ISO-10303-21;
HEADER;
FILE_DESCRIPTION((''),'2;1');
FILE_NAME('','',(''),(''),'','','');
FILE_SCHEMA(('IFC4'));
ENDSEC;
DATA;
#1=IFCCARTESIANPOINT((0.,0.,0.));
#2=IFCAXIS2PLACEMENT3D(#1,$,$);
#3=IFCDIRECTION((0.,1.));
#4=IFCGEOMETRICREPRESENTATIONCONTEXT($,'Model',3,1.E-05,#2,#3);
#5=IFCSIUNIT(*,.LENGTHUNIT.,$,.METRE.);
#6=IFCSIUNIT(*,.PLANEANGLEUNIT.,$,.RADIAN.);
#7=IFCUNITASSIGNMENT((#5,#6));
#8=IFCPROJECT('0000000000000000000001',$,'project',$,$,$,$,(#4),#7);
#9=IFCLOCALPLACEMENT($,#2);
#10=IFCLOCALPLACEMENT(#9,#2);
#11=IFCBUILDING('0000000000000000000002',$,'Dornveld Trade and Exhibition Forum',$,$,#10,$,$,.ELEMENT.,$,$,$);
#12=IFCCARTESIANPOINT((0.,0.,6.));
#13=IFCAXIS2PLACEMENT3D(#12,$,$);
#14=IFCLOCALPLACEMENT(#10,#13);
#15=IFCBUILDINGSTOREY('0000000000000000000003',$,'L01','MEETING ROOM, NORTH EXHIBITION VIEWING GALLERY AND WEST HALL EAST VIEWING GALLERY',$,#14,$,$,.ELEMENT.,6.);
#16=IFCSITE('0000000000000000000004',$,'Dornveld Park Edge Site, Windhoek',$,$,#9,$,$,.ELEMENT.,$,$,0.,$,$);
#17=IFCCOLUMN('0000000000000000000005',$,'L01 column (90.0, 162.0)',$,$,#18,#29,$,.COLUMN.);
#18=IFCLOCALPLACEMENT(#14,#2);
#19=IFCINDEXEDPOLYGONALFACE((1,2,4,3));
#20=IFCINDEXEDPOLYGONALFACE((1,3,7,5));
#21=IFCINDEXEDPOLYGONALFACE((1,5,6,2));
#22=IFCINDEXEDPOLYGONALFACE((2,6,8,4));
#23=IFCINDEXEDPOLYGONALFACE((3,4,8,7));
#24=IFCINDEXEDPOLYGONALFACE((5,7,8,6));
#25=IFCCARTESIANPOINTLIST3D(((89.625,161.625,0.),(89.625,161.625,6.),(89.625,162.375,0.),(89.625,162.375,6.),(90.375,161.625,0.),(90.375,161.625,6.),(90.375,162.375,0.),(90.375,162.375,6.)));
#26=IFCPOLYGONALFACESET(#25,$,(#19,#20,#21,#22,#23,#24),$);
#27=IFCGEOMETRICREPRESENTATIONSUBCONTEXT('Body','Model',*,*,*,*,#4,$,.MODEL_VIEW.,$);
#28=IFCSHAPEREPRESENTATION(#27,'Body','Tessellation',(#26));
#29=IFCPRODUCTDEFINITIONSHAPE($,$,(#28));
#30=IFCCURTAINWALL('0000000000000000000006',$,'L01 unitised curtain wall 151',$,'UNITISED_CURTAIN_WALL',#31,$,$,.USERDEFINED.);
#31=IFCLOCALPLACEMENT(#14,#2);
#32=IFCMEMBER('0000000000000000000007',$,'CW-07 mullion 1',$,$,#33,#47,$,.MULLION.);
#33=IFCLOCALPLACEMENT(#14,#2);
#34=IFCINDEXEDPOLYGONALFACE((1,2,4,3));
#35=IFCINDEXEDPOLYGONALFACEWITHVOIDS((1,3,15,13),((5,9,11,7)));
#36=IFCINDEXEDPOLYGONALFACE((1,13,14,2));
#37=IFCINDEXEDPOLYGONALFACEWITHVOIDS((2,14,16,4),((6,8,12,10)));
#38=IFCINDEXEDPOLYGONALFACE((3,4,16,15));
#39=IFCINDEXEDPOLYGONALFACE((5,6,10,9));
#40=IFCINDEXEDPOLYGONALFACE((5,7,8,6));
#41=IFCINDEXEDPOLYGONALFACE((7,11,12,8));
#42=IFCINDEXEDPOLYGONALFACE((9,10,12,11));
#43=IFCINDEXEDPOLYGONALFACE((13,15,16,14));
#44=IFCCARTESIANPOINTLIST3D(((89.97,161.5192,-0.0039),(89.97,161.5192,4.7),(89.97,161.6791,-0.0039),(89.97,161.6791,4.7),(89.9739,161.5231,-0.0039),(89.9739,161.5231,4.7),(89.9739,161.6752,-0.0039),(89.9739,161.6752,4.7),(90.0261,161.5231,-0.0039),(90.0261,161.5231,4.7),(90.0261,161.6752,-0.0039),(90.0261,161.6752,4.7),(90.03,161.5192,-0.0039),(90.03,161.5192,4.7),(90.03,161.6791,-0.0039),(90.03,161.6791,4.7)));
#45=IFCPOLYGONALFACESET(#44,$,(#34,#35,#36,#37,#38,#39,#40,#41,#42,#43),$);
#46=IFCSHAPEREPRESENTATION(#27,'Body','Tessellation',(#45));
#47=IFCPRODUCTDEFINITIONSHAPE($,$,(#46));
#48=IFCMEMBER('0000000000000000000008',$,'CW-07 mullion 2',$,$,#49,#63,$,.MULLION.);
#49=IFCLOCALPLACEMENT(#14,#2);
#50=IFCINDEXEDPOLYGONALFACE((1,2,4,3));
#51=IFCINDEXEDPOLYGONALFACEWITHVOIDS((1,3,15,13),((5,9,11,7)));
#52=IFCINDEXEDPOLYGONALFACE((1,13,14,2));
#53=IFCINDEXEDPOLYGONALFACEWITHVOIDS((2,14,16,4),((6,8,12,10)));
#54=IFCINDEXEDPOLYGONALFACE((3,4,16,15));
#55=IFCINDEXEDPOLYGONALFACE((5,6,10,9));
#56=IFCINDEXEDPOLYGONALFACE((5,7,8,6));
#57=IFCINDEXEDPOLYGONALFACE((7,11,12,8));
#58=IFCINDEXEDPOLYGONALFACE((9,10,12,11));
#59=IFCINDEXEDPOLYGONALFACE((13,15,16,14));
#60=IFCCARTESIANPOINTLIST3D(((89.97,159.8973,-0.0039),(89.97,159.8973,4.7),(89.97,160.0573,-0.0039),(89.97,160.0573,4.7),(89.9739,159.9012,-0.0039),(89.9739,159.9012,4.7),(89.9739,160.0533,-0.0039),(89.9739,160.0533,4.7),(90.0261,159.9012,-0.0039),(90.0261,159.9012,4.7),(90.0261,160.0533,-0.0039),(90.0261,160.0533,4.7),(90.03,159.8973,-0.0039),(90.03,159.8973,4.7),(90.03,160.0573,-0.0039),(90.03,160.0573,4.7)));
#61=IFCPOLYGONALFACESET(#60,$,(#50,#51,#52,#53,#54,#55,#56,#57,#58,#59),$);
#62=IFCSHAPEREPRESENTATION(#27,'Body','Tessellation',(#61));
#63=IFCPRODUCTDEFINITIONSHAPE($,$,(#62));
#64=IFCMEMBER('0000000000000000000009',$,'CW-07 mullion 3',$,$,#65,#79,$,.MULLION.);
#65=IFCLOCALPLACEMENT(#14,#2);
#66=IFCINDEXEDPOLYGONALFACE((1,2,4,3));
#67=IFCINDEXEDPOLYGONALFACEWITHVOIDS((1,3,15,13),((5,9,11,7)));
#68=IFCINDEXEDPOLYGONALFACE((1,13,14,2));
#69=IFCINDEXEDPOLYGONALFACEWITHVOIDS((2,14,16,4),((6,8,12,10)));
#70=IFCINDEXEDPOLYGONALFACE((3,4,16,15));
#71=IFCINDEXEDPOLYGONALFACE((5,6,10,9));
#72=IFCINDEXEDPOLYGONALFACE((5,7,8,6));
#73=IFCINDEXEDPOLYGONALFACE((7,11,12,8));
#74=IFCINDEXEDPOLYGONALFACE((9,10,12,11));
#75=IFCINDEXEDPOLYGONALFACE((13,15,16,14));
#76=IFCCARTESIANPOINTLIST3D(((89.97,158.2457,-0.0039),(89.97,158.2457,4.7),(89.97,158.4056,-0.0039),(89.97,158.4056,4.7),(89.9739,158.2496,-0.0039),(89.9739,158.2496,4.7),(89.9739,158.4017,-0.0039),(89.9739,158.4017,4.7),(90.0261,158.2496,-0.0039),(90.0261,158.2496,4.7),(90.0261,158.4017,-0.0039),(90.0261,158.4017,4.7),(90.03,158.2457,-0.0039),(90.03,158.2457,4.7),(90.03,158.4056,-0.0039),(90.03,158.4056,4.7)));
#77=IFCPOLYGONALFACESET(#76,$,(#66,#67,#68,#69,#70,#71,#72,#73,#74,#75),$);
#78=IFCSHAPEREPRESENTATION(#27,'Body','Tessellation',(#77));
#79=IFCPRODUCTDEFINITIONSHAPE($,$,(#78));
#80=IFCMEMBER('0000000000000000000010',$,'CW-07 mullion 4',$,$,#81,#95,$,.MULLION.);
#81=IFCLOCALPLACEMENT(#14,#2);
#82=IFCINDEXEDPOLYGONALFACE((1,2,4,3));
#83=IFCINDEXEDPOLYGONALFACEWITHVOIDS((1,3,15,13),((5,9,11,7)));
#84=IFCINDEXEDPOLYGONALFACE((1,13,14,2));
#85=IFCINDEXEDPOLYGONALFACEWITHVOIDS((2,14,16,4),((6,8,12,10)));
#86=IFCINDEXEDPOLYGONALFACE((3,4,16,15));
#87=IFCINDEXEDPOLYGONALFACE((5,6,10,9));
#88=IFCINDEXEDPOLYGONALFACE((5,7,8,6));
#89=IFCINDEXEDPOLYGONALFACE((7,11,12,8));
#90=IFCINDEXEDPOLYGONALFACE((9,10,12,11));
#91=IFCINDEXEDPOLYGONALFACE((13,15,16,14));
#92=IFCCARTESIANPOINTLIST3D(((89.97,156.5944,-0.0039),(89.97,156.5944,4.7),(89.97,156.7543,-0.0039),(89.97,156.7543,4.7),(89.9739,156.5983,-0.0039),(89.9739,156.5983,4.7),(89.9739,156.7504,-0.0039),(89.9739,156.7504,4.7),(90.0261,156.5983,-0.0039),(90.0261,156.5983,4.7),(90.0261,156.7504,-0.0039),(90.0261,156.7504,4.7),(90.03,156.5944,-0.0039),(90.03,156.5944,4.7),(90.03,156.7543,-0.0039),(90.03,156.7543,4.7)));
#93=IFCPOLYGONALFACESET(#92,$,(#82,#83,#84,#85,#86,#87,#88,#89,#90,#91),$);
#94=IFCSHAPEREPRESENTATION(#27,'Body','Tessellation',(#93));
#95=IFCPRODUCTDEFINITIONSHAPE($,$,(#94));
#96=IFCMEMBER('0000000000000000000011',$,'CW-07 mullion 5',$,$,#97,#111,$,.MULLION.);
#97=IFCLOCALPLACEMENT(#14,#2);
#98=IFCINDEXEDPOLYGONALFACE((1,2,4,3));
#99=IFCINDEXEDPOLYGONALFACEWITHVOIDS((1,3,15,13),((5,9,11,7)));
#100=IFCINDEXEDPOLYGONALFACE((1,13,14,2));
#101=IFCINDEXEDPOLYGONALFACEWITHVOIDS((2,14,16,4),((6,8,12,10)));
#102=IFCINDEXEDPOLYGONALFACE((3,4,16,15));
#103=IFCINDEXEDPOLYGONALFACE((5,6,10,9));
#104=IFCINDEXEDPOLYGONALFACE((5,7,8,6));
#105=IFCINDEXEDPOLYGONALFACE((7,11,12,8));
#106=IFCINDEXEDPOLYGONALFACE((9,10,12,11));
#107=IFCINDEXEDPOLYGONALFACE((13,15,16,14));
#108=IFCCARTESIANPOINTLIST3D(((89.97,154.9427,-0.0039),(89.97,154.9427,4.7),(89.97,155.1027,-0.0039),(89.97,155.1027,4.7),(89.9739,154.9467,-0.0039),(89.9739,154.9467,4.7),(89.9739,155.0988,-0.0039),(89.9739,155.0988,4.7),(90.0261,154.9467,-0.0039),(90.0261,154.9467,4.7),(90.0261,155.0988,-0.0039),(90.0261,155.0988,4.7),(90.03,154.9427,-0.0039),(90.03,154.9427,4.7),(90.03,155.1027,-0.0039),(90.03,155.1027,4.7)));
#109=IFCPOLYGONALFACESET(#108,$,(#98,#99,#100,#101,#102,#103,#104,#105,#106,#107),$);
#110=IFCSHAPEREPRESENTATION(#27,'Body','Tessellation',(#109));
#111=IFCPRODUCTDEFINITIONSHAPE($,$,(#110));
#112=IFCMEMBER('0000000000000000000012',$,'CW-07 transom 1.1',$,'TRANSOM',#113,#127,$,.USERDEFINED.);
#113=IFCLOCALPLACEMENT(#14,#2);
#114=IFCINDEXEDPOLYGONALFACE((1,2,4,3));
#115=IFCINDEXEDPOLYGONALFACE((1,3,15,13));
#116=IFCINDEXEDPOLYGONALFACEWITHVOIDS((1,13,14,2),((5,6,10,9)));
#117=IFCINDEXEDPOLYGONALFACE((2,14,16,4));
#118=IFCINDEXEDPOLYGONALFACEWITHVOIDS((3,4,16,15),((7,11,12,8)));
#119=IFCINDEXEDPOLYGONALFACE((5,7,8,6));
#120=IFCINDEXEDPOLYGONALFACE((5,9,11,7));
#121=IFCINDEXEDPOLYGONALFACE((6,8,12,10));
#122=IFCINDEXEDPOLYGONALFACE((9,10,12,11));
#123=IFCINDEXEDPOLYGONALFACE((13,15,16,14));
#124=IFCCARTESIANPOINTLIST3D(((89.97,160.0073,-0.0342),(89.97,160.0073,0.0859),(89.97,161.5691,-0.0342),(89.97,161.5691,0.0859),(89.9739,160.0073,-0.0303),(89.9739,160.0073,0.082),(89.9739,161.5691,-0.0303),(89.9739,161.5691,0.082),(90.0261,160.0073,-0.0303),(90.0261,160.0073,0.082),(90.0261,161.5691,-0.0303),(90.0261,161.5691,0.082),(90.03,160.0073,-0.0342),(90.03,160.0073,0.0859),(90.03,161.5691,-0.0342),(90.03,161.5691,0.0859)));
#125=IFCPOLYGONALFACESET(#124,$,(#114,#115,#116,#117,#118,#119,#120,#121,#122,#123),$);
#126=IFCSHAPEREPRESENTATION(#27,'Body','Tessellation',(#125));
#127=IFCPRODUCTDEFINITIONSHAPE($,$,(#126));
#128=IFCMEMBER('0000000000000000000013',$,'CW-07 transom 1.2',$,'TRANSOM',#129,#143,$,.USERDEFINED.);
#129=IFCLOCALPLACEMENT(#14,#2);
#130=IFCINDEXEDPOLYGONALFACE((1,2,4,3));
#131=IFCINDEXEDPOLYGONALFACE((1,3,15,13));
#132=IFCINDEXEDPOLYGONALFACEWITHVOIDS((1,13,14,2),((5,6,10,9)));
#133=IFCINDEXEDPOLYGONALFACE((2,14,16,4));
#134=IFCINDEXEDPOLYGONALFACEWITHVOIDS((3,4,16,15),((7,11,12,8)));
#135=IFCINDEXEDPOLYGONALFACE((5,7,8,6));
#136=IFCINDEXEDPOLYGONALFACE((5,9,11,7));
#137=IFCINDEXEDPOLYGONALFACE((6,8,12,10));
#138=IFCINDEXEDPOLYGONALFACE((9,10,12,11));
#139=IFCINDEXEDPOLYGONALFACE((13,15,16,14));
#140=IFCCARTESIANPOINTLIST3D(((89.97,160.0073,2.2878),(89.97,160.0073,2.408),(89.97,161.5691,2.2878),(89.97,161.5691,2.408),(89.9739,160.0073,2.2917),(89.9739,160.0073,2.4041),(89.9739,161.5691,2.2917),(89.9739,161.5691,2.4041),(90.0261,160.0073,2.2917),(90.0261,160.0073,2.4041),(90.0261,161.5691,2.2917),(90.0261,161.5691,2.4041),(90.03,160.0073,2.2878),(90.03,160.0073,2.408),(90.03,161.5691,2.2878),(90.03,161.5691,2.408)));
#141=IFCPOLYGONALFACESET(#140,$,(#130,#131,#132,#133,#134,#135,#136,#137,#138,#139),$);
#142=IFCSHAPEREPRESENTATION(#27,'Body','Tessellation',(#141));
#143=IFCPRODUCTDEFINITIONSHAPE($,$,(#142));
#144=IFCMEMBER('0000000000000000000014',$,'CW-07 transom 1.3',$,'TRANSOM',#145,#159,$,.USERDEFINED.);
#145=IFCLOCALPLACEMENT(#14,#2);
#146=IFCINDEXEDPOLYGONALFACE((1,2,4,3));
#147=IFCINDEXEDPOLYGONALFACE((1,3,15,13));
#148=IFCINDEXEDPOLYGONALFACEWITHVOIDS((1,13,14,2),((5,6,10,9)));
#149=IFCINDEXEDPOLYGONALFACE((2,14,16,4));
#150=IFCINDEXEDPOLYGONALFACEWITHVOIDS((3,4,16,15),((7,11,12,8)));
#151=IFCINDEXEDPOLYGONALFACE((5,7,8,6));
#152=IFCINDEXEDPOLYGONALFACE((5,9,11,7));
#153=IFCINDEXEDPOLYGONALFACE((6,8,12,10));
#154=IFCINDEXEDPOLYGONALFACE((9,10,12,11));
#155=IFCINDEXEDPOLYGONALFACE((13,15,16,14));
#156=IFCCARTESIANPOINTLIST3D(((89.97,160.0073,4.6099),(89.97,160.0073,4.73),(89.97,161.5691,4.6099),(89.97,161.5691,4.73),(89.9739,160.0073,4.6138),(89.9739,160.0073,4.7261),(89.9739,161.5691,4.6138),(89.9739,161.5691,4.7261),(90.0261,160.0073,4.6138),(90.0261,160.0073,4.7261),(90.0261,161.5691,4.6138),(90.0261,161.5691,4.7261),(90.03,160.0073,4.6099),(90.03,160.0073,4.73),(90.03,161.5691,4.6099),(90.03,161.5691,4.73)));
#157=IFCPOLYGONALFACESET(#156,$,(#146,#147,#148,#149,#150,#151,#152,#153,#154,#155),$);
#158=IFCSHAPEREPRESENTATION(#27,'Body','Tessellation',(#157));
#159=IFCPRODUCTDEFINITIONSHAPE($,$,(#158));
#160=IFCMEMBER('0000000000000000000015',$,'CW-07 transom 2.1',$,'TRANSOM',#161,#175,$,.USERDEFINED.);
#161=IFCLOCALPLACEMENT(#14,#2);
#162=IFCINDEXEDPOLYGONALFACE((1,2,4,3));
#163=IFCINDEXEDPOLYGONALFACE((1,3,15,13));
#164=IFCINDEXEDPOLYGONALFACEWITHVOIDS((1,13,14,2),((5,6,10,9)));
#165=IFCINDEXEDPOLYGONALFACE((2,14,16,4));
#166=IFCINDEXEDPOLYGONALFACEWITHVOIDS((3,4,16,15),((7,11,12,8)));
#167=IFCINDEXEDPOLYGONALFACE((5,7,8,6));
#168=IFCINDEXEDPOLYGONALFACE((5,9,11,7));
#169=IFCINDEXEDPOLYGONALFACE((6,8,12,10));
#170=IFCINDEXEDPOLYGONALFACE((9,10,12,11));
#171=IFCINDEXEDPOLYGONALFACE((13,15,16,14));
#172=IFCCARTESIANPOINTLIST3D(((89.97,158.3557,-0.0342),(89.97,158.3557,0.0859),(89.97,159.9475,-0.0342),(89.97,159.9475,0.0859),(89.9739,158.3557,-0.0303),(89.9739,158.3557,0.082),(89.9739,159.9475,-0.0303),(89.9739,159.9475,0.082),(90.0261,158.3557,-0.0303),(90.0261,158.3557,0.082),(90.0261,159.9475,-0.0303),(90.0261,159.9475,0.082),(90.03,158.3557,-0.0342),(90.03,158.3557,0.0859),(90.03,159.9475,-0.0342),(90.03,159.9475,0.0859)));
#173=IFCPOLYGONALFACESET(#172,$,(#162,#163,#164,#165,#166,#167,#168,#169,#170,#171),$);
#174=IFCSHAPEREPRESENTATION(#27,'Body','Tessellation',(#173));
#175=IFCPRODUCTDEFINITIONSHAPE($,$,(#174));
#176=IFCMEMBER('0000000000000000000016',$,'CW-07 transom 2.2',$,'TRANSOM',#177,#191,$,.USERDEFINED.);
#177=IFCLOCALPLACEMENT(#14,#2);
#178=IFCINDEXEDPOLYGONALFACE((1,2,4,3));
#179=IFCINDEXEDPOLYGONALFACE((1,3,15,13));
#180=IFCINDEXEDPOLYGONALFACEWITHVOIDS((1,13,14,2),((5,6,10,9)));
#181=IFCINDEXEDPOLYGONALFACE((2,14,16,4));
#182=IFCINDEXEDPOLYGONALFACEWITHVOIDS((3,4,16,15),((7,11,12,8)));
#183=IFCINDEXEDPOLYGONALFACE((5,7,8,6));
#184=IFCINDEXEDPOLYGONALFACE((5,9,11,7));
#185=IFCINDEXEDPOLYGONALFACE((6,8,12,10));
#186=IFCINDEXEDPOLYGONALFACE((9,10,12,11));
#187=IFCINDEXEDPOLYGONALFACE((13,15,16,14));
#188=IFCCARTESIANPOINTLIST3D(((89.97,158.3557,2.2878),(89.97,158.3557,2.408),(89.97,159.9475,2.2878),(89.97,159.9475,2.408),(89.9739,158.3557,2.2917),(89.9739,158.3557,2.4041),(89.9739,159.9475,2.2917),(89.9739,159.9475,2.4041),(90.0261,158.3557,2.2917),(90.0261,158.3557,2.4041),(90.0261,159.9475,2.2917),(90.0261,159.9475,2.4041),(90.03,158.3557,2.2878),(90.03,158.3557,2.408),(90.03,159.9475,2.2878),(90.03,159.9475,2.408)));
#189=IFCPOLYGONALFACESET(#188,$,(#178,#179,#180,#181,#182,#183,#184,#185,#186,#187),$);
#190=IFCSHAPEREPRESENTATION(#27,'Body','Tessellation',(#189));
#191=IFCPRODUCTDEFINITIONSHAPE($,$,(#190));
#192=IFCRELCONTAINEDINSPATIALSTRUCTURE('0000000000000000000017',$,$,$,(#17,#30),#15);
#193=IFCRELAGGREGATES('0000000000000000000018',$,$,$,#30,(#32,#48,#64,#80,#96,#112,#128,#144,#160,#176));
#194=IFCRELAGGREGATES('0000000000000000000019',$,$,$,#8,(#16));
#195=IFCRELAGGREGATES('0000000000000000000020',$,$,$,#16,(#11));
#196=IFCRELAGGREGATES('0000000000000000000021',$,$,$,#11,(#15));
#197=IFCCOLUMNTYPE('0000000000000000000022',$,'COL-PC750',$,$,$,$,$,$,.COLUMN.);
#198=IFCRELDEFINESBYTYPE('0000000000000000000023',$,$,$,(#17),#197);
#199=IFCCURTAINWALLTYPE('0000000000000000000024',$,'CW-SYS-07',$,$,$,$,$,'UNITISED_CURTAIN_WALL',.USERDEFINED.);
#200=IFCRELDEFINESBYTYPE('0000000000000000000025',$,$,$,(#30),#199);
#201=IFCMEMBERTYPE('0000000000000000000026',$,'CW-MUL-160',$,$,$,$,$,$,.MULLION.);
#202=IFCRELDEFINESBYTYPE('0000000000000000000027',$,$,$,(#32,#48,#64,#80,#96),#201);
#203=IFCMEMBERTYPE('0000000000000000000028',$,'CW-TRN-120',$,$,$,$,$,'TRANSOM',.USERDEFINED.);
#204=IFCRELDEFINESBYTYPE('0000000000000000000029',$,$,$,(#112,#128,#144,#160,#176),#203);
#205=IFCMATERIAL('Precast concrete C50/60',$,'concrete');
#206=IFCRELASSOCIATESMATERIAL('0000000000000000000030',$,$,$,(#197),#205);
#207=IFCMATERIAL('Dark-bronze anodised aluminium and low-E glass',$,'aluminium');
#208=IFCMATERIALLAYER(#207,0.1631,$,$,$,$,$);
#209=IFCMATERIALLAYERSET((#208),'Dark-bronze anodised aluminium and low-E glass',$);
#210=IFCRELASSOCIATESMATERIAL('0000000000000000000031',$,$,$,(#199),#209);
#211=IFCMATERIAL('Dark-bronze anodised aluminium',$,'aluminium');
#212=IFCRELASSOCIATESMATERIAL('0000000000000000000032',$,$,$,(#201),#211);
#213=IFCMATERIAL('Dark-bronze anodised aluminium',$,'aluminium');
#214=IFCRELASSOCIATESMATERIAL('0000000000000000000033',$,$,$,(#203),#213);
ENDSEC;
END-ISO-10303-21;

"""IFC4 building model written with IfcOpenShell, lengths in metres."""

from ifc_helpers import new_model, si_unit, direction, frame, origin, origin_2d, place, context, subcontext, project, spatial, rectangle, hollow_rectangle, extrude, material, layer, layer_set, material_profile, profile_set, type_object, element, aggregate, save


model = new_model("IFC4")

# Units and contexts
model_context = context("Model", 3, precision=1e-05, world=origin(), true_north=direction((0.0, 1.0)))
body_context = subcontext(model_context, "Body", "Model", "MODEL_VIEW")
ifc_project = project(units=[si_unit("LENGTHUNIT", "METRE"), si_unit("PLANEANGLEUNIT", "RADIAN")], contexts=[model_context])

# Site, building, storey
site_placement = place(None, origin())
site = spatial("IfcSite", under=ifc_project, at=site_placement, Name="Dornveld Park Edge Site, Windhoek", CompositionType="ELEMENT", RefElevation=0.0)
building_placement = place(site_placement, origin())
building = spatial("IfcBuilding", under=site, at=building_placement, Name="Dornveld Trade and Exhibition Forum", CompositionType="ELEMENT")
storey_placement = place(building_placement, frame((0.0, 0.0, 6.0)))
storey = spatial("IfcBuildingStorey", under=building, at=storey_placement, Name="L01", Description="MEETING ROOM, NORTH EXHIBITION VIEWING GALLERY AND WEST HALL EAST VIEWING GALLERY", CompositionType="ELEMENT", Elevation=6.0)

# Column
ifc_material_1 = material(Name="Precast concrete C50/60", Category="concrete")
ifc_material_profile_1 = material_profile(ifc_material_1, rectangle(XDim=0.75, YDim=0.75, at=origin_2d()), Name="PC-COL 750x750")
ifc_profile_set_1 = profile_set([ifc_material_profile_1], Name="Precast concrete C50/60")
column_type = type_object("IfcColumnType", Name="COL-PC750", PredefinedType="COLUMN", material=ifc_profile_set_1)
column_placement = place(storey_placement, frame((90.0, 162.0, 0.0), z_axis=(0.0, 0.0, 1.0), x_axis=(1.0, 0.0, 0.0)))
element("IfcColumn", 1, at=column_placement, inside=storey, type_object=column_type, Name="L01 column (90.0, 162.0)", PredefinedType="COLUMN", context=body_context, shape_type="SweptSolid", body=[
    extrude(rectangle(XDim=0.75, YDim=0.75, at=origin_2d()), origin(), (0.0, 0.0, 1.0), 6.0),
])

# Curtain wall, members
ifc_material_2 = material(Name="Dark-bronze anodised aluminium and low-E glass", Category="aluminium")
ifc_layer_1 = layer(ifc_material_2, 0.1631)
ifc_layer_set_1 = layer_set([ifc_layer_1], Name="Dark-bronze anodised aluminium and low-E glass")
curtain_wall_type = type_object("IfcCurtainWallType", Name="CW-SYS-07", ElementType="UNITISED_CURTAIN_WALL", PredefinedType="USERDEFINED", material=ifc_layer_set_1)
curtain_wall_placement = place(storey_placement, origin())
curtain_wall = element("IfcCurtainWall", 2, at=curtain_wall_placement, inside=storey, type_object=curtain_wall_type, Name="L01 unitised curtain wall 151", ObjectType="UNITISED_CURTAIN_WALL", PredefinedType="USERDEFINED")
ifc_material_3 = material(Name="Dark-bronze anodised aluminium", Category="aluminium")
ifc_material_profile_2 = material_profile(ifc_material_3, hollow_rectangle(XDim=0.0601, YDim=0.1599, WallThickness=0.0039, at=origin_2d()), Name="RHS 160x60x4")
ifc_profile_set_2 = profile_set([ifc_material_profile_2], Name="Dark-bronze anodised aluminium")
member_type_1 = type_object("IfcMemberType", Name="CW-MUL-160", PredefinedType="MULLION", material=ifc_profile_set_2)
member_1_placement = place(storey_placement, frame((90.0, 161.5991, -0.0039), z_axis=(0.0, 0.0, 1.0), x_axis=(1.0, 0.0, 0.0)))
member_1 = element("IfcMember", 3, at=member_1_placement, type_object=member_type_1, Name="CW-07 mullion 1", PredefinedType="MULLION", context=body_context, shape_type="SweptSolid", body=[
    extrude(hollow_rectangle(XDim=0.0601, YDim=0.1599, WallThickness=0.0039, at=origin_2d()), origin(), (0.0, 0.0, 1.0), 4.7039),
])
member_2_placement = place(storey_placement, frame((90.0, 159.9773, -0.0039), z_axis=(0.0, 0.0, 1.0), x_axis=(1.0, 0.0, 0.0)))
member_2 = element("IfcMember", 4, at=member_2_placement, type_object=member_type_1, Name="CW-07 mullion 2", PredefinedType="MULLION", context=body_context, shape_type="SweptSolid", body=[
    extrude(hollow_rectangle(XDim=0.0601, YDim=0.1599, WallThickness=0.0039, at=origin_2d()), origin(), (0.0, 0.0, 1.0), 4.7039),
])
member_3_placement = place(storey_placement, frame((90.0, 158.3257, -0.0039), z_axis=(0.0, 0.0, 1.0), x_axis=(1.0, 0.0, 0.0)))
member_3 = element("IfcMember", 5, at=member_3_placement, type_object=member_type_1, Name="CW-07 mullion 3", PredefinedType="MULLION", context=body_context, shape_type="SweptSolid", body=[
    extrude(hollow_rectangle(XDim=0.0601, YDim=0.1599, WallThickness=0.0039, at=origin_2d()), origin(), (0.0, 0.0, 1.0), 4.7039),
])
member_4_placement = place(storey_placement, frame((90.0, 156.6743, -0.0039), z_axis=(0.0, 0.0, 1.0), x_axis=(1.0, 0.0, 0.0)))
member_4 = element("IfcMember", 6, at=member_4_placement, type_object=member_type_1, Name="CW-07 mullion 4", PredefinedType="MULLION", context=body_context, shape_type="SweptSolid", body=[
    extrude(hollow_rectangle(XDim=0.0601, YDim=0.1599, WallThickness=0.0039, at=origin_2d()), origin(), (0.0, 0.0, 1.0), 4.7039),
])
member_5_placement = place(storey_placement, frame((90.0, 155.0227, -0.0039), z_axis=(0.0, 0.0, 1.0), x_axis=(1.0, 0.0, 0.0)))
member_5 = element("IfcMember", 7, at=member_5_placement, type_object=member_type_1, Name="CW-07 mullion 5", PredefinedType="MULLION", context=body_context, shape_type="SweptSolid", body=[
    extrude(hollow_rectangle(XDim=0.0601, YDim=0.1599, WallThickness=0.0039, at=origin_2d()), origin(), (0.0, 0.0, 1.0), 4.7039),
])
ifc_material_4 = material(Name="Dark-bronze anodised aluminium", Category="aluminium")
ifc_material_profile_3 = material_profile(ifc_material_4, hollow_rectangle(XDim=0.0601, YDim=0.1201, WallThickness=0.0039, at=origin_2d()), Name="RHS 120x60x4")
ifc_profile_set_3 = profile_set([ifc_material_profile_3], Name="Dark-bronze anodised aluminium")
member_type_2 = type_object("IfcMemberType", Name="CW-TRN-120", ElementType="TRANSOM", PredefinedType="USERDEFINED", material=ifc_profile_set_3)
member_6_placement = place(storey_placement, frame((90.0, 161.5691, 0.0259), z_axis=(0.0, -1.0, 0.0), x_axis=(1.0, 0.0, 0.0)))
member_6 = element("IfcMember", 8, at=member_6_placement, type_object=member_type_2, Name="CW-07 transom 1.1", ObjectType="TRANSOM", PredefinedType="USERDEFINED", context=body_context, shape_type="SweptSolid", body=[
    extrude(hollow_rectangle(XDim=0.0601, YDim=0.1201, WallThickness=0.0039, at=origin_2d()), origin(), (0.0, 0.0, 1.0), 1.5618),
])
member_7_placement = place(storey_placement, frame((90.0, 161.5691, 2.3479), z_axis=(0.0, -1.0, 0.0), x_axis=(1.0, 0.0, 0.0)))
member_7 = element("IfcMember", 9, at=member_7_placement, type_object=member_type_2, Name="CW-07 transom 1.2", ObjectType="TRANSOM", PredefinedType="USERDEFINED", context=body_context, shape_type="SweptSolid", body=[
    extrude(hollow_rectangle(XDim=0.0601, YDim=0.1201, WallThickness=0.0039, at=origin_2d()), origin(), (0.0, 0.0, 1.0), 1.5618),
])
member_8_placement = place(storey_placement, frame((90.0, 161.5691, 4.6699), z_axis=(0.0, -1.0, 0.0), x_axis=(1.0, 0.0, 0.0)))
member_8 = element("IfcMember", 10, at=member_8_placement, type_object=member_type_2, Name="CW-07 transom 1.3", ObjectType="TRANSOM", PredefinedType="USERDEFINED", context=body_context, shape_type="SweptSolid", body=[
    extrude(hollow_rectangle(XDim=0.0601, YDim=0.1201, WallThickness=0.0039, at=origin_2d()), origin(), (0.0, 0.0, 1.0), 1.5618),
])
member_9_placement = place(storey_placement, frame((90.0, 159.9475, 0.0259), z_axis=(0.0, -1.0, 0.0), x_axis=(1.0, 0.0, 0.0)))
member_9 = element("IfcMember", 11, at=member_9_placement, type_object=member_type_2, Name="CW-07 transom 2.1", ObjectType="TRANSOM", PredefinedType="USERDEFINED", context=body_context, shape_type="SweptSolid", body=[
    extrude(hollow_rectangle(XDim=0.0601, YDim=0.1201, WallThickness=0.0039, at=origin_2d()), origin(), (0.0, 0.0, 1.0), 1.5918),
])
member_10_placement = place(storey_placement, frame((90.0, 159.9475, 2.3479), z_axis=(0.0, -1.0, 0.0), x_axis=(1.0, 0.0, 0.0)))
member_10 = element("IfcMember", 12, at=member_10_placement, type_object=member_type_2, Name="CW-07 transom 2.2", ObjectType="TRANSOM", PredefinedType="USERDEFINED", context=body_context, shape_type="SweptSolid", body=[
    extrude(hollow_rectangle(XDim=0.0601, YDim=0.1201, WallThickness=0.0039, at=origin_2d()), origin(), (0.0, 0.0, 1.0), 1.5918),
])
aggregate(curtain_wall, [member_1, member_2, member_3, member_4, member_5, member_6, member_7, member_8, member_9, member_10])

save(model, "model.ifc")
